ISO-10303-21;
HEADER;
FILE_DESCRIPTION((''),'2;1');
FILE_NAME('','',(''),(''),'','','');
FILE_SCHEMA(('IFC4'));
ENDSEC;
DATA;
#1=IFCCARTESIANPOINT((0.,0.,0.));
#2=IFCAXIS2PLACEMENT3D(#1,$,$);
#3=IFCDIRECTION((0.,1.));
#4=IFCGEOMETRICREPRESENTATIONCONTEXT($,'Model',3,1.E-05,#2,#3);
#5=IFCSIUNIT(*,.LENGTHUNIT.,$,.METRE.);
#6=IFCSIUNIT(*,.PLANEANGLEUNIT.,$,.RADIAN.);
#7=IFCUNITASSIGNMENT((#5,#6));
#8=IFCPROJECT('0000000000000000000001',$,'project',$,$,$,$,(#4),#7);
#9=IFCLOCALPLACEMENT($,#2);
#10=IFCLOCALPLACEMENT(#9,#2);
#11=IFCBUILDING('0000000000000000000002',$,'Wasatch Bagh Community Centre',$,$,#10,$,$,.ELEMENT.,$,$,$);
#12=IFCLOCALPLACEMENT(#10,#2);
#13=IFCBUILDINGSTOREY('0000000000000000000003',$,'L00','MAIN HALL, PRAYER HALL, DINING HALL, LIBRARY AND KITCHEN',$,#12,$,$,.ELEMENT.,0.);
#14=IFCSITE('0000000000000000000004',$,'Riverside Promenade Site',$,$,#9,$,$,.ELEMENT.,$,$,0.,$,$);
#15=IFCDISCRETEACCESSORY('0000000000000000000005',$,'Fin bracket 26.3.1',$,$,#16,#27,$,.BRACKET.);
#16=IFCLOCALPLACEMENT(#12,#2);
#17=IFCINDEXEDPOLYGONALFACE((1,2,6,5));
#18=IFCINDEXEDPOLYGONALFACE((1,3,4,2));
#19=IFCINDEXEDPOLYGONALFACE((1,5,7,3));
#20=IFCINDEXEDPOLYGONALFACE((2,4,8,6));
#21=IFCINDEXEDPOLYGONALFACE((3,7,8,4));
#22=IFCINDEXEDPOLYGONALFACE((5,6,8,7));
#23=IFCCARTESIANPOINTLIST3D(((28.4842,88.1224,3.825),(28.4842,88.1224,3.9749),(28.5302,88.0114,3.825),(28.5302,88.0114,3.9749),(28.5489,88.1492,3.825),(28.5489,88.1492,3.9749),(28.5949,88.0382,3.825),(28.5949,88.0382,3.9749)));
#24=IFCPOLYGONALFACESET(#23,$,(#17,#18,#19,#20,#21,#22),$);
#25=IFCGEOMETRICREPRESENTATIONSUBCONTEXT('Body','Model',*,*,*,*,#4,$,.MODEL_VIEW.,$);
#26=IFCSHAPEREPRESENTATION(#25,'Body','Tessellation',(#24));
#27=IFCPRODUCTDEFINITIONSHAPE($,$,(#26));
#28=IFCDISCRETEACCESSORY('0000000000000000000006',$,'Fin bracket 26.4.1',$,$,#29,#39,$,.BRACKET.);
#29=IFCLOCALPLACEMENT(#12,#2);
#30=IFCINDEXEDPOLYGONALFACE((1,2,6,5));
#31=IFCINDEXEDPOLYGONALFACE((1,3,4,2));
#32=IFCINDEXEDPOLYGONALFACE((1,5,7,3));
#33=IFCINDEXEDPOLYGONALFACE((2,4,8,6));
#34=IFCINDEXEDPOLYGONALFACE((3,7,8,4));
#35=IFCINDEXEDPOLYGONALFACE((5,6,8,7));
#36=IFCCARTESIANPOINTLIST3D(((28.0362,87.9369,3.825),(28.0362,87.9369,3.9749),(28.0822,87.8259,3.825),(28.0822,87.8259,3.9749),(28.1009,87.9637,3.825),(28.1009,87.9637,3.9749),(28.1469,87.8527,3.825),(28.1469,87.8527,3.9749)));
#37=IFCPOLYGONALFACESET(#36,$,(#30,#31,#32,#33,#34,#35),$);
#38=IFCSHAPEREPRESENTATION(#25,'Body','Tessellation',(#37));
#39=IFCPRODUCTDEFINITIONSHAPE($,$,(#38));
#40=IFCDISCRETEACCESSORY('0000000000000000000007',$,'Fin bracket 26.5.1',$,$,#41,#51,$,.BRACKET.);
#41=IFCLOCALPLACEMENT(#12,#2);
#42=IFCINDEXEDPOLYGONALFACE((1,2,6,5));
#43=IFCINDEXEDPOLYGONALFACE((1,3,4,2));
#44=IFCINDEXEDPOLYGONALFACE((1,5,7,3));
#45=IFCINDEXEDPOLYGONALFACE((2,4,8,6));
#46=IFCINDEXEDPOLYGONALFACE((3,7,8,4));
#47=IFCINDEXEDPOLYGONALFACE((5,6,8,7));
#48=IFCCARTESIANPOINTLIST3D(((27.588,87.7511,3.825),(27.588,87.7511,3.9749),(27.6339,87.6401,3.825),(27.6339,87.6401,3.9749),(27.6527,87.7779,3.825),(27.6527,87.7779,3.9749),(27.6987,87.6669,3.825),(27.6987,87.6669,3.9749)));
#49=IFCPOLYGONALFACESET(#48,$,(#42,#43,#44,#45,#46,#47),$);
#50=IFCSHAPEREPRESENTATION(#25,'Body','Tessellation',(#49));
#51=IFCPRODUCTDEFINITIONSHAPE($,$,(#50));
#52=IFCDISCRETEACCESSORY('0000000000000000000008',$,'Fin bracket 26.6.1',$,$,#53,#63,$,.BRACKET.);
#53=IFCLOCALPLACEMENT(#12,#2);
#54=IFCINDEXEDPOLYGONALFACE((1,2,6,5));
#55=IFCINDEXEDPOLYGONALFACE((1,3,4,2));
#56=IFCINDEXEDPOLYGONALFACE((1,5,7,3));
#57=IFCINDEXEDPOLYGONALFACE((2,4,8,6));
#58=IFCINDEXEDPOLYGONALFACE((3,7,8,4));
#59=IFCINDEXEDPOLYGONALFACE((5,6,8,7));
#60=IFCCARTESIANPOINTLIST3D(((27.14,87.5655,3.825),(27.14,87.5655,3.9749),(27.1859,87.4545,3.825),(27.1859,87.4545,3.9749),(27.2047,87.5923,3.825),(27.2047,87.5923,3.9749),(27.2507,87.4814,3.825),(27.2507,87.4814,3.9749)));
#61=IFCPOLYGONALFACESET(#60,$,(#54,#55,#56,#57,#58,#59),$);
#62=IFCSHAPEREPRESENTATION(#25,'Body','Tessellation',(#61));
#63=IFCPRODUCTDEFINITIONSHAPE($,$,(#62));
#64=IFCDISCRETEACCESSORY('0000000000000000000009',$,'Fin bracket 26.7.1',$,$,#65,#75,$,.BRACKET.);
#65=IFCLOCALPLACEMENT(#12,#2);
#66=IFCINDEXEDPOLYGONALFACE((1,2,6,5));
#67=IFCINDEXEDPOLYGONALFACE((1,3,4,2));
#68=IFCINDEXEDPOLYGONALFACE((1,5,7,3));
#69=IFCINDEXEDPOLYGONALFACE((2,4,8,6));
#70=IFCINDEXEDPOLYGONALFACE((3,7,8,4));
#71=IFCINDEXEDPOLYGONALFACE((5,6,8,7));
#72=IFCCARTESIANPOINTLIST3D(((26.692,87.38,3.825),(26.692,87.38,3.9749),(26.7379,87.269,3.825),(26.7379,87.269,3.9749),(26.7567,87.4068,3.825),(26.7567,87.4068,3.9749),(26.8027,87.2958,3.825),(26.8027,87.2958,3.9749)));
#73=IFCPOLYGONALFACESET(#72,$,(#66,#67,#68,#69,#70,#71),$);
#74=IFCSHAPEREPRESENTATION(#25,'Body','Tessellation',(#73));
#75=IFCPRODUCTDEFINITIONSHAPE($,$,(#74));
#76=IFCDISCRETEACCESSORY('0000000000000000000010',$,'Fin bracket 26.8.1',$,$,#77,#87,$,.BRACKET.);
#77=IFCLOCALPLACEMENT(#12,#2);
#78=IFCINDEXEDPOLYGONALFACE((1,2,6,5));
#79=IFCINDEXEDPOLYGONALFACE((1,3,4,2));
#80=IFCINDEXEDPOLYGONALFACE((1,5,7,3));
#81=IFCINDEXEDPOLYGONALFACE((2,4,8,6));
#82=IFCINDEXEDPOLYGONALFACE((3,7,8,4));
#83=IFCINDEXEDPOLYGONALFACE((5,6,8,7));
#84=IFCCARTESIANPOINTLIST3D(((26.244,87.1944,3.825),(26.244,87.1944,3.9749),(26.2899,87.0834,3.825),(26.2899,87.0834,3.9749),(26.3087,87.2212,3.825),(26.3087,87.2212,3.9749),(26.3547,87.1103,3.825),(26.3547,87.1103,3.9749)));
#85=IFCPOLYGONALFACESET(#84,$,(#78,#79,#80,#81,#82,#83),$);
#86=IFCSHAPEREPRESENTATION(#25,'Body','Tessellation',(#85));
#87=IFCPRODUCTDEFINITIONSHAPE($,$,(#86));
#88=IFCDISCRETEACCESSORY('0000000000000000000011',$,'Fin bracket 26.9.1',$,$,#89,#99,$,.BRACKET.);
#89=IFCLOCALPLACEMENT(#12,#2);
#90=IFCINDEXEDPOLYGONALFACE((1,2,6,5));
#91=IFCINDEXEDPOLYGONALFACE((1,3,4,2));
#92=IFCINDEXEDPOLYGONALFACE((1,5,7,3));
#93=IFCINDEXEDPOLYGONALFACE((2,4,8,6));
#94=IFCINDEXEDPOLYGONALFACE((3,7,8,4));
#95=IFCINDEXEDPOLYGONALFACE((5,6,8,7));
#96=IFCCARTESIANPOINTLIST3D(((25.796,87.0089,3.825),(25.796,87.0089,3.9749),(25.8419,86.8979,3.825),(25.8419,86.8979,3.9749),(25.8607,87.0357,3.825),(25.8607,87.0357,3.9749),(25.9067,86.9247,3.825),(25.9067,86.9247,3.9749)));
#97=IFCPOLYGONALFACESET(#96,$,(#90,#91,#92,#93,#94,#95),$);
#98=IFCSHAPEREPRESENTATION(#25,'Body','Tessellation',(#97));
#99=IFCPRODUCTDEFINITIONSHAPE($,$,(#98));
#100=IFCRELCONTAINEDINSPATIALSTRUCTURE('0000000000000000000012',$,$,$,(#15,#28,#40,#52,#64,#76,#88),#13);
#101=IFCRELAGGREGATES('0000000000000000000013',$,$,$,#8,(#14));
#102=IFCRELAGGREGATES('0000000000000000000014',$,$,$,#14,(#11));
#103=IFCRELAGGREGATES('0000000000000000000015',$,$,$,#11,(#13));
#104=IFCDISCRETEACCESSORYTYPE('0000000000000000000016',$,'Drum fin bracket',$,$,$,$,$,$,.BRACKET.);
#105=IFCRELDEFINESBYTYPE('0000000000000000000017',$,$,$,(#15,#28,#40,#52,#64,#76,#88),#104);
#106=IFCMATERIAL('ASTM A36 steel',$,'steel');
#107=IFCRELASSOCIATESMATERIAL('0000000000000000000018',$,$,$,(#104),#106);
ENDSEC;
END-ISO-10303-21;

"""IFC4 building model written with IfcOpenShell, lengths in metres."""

from ifc_helpers import new_model, si_unit, direction, frame, origin, origin_2d, place, context, subcontext, project, spatial, rectangle, extrude, material, type_object, element, save


model = new_model("IFC4")

# Units and contexts
model_context = context("Model", 3, precision=1e-05, world=origin(), true_north=direction((0.0, 1.0)))
body_context = subcontext(model_context, "Body", "Model", "MODEL_VIEW")
ifc_project = project(units=[si_unit("LENGTHUNIT", "METRE"), si_unit("PLANEANGLEUNIT", "RADIAN")], contexts=[model_context])

# Site, building, storey
site_placement = place(None, origin())
site = spatial("IfcSite", under=ifc_project, at=site_placement, Name="Riverside Promenade Site", CompositionType="ELEMENT", RefElevation=0.0)
building_placement = place(site_placement, origin())
building = spatial("IfcBuilding", under=site, at=building_placement, Name="Wasatch Bagh Community Centre", CompositionType="ELEMENT")
storey_placement = place(building_placement, origin())
storey = spatial("IfcBuildingStorey", under=building, at=storey_placement, Name="L00", Description="MAIN HALL, PRAYER HALL, DINING HALL, LIBRARY AND KITCHEN", CompositionType="ELEMENT", Elevation=0.0)

# Discrete accessories
ifc_material_1 = material(Name="ASTM A36 steel", Category="steel")
discrete_accessory_type = type_object("IfcDiscreteAccessoryType", Name="Drum fin bracket", PredefinedType="BRACKET", material=ifc_material_1)
for number, where, z_axis, x_axis, name in (
    (1, (28.5396, 88.0803, 3.825), (0.0, 0.0, 1.0), (-0.92388, -0.382683, 0.0), "Fin bracket 26.3.1"),
    (2, (28.0916, 87.8948, 3.825), (0.0, 0.0, 1.0), (-0.92388, -0.382683, 0.0), "Fin bracket 26.4.1"),
    (3, (27.6433, 87.709, 3.825), (0.0, 0.0, 1.0), (-0.92388, -0.382683, 0.0), "Fin bracket 26.5.1"),
    (4, (27.1953, 87.5234, 3.825), (0.0, 0.0, 1.0), (-0.92388, -0.382683, 0.0), "Fin bracket 26.6.1"),
    (5, (26.7473, 87.3379, 3.825), (0.0, 0.0, 1.0), (-0.92388, -0.382683, 0.0), "Fin bracket 26.7.1"),
    (6, (26.2993, 87.1523, 3.825), (0.0, 0.0, 1.0), (-0.92388, -0.382683, 0.0), "Fin bracket 26.8.1"),
    (7, (25.8513, 86.9668, 3.825), (0.0, 0.0, 1.0), (-0.92388, -0.382683, 0.0), "Fin bracket 26.9.1"),
):
    element("IfcDiscreteAccessory", number, at=place(storey_placement, frame(where, z_axis=z_axis, x_axis=x_axis)), inside=storey, type_object=discrete_accessory_type, Name=name, PredefinedType="BRACKET", context=body_context, shape_type="SweptSolid", body=[
        extrude(rectangle(XDim=0.0701, YDim=0.1201, at=origin_2d()), origin(), (0.0, 0.0, 1.0), 0.1499),
    ])

save(model, "model.ifc")
